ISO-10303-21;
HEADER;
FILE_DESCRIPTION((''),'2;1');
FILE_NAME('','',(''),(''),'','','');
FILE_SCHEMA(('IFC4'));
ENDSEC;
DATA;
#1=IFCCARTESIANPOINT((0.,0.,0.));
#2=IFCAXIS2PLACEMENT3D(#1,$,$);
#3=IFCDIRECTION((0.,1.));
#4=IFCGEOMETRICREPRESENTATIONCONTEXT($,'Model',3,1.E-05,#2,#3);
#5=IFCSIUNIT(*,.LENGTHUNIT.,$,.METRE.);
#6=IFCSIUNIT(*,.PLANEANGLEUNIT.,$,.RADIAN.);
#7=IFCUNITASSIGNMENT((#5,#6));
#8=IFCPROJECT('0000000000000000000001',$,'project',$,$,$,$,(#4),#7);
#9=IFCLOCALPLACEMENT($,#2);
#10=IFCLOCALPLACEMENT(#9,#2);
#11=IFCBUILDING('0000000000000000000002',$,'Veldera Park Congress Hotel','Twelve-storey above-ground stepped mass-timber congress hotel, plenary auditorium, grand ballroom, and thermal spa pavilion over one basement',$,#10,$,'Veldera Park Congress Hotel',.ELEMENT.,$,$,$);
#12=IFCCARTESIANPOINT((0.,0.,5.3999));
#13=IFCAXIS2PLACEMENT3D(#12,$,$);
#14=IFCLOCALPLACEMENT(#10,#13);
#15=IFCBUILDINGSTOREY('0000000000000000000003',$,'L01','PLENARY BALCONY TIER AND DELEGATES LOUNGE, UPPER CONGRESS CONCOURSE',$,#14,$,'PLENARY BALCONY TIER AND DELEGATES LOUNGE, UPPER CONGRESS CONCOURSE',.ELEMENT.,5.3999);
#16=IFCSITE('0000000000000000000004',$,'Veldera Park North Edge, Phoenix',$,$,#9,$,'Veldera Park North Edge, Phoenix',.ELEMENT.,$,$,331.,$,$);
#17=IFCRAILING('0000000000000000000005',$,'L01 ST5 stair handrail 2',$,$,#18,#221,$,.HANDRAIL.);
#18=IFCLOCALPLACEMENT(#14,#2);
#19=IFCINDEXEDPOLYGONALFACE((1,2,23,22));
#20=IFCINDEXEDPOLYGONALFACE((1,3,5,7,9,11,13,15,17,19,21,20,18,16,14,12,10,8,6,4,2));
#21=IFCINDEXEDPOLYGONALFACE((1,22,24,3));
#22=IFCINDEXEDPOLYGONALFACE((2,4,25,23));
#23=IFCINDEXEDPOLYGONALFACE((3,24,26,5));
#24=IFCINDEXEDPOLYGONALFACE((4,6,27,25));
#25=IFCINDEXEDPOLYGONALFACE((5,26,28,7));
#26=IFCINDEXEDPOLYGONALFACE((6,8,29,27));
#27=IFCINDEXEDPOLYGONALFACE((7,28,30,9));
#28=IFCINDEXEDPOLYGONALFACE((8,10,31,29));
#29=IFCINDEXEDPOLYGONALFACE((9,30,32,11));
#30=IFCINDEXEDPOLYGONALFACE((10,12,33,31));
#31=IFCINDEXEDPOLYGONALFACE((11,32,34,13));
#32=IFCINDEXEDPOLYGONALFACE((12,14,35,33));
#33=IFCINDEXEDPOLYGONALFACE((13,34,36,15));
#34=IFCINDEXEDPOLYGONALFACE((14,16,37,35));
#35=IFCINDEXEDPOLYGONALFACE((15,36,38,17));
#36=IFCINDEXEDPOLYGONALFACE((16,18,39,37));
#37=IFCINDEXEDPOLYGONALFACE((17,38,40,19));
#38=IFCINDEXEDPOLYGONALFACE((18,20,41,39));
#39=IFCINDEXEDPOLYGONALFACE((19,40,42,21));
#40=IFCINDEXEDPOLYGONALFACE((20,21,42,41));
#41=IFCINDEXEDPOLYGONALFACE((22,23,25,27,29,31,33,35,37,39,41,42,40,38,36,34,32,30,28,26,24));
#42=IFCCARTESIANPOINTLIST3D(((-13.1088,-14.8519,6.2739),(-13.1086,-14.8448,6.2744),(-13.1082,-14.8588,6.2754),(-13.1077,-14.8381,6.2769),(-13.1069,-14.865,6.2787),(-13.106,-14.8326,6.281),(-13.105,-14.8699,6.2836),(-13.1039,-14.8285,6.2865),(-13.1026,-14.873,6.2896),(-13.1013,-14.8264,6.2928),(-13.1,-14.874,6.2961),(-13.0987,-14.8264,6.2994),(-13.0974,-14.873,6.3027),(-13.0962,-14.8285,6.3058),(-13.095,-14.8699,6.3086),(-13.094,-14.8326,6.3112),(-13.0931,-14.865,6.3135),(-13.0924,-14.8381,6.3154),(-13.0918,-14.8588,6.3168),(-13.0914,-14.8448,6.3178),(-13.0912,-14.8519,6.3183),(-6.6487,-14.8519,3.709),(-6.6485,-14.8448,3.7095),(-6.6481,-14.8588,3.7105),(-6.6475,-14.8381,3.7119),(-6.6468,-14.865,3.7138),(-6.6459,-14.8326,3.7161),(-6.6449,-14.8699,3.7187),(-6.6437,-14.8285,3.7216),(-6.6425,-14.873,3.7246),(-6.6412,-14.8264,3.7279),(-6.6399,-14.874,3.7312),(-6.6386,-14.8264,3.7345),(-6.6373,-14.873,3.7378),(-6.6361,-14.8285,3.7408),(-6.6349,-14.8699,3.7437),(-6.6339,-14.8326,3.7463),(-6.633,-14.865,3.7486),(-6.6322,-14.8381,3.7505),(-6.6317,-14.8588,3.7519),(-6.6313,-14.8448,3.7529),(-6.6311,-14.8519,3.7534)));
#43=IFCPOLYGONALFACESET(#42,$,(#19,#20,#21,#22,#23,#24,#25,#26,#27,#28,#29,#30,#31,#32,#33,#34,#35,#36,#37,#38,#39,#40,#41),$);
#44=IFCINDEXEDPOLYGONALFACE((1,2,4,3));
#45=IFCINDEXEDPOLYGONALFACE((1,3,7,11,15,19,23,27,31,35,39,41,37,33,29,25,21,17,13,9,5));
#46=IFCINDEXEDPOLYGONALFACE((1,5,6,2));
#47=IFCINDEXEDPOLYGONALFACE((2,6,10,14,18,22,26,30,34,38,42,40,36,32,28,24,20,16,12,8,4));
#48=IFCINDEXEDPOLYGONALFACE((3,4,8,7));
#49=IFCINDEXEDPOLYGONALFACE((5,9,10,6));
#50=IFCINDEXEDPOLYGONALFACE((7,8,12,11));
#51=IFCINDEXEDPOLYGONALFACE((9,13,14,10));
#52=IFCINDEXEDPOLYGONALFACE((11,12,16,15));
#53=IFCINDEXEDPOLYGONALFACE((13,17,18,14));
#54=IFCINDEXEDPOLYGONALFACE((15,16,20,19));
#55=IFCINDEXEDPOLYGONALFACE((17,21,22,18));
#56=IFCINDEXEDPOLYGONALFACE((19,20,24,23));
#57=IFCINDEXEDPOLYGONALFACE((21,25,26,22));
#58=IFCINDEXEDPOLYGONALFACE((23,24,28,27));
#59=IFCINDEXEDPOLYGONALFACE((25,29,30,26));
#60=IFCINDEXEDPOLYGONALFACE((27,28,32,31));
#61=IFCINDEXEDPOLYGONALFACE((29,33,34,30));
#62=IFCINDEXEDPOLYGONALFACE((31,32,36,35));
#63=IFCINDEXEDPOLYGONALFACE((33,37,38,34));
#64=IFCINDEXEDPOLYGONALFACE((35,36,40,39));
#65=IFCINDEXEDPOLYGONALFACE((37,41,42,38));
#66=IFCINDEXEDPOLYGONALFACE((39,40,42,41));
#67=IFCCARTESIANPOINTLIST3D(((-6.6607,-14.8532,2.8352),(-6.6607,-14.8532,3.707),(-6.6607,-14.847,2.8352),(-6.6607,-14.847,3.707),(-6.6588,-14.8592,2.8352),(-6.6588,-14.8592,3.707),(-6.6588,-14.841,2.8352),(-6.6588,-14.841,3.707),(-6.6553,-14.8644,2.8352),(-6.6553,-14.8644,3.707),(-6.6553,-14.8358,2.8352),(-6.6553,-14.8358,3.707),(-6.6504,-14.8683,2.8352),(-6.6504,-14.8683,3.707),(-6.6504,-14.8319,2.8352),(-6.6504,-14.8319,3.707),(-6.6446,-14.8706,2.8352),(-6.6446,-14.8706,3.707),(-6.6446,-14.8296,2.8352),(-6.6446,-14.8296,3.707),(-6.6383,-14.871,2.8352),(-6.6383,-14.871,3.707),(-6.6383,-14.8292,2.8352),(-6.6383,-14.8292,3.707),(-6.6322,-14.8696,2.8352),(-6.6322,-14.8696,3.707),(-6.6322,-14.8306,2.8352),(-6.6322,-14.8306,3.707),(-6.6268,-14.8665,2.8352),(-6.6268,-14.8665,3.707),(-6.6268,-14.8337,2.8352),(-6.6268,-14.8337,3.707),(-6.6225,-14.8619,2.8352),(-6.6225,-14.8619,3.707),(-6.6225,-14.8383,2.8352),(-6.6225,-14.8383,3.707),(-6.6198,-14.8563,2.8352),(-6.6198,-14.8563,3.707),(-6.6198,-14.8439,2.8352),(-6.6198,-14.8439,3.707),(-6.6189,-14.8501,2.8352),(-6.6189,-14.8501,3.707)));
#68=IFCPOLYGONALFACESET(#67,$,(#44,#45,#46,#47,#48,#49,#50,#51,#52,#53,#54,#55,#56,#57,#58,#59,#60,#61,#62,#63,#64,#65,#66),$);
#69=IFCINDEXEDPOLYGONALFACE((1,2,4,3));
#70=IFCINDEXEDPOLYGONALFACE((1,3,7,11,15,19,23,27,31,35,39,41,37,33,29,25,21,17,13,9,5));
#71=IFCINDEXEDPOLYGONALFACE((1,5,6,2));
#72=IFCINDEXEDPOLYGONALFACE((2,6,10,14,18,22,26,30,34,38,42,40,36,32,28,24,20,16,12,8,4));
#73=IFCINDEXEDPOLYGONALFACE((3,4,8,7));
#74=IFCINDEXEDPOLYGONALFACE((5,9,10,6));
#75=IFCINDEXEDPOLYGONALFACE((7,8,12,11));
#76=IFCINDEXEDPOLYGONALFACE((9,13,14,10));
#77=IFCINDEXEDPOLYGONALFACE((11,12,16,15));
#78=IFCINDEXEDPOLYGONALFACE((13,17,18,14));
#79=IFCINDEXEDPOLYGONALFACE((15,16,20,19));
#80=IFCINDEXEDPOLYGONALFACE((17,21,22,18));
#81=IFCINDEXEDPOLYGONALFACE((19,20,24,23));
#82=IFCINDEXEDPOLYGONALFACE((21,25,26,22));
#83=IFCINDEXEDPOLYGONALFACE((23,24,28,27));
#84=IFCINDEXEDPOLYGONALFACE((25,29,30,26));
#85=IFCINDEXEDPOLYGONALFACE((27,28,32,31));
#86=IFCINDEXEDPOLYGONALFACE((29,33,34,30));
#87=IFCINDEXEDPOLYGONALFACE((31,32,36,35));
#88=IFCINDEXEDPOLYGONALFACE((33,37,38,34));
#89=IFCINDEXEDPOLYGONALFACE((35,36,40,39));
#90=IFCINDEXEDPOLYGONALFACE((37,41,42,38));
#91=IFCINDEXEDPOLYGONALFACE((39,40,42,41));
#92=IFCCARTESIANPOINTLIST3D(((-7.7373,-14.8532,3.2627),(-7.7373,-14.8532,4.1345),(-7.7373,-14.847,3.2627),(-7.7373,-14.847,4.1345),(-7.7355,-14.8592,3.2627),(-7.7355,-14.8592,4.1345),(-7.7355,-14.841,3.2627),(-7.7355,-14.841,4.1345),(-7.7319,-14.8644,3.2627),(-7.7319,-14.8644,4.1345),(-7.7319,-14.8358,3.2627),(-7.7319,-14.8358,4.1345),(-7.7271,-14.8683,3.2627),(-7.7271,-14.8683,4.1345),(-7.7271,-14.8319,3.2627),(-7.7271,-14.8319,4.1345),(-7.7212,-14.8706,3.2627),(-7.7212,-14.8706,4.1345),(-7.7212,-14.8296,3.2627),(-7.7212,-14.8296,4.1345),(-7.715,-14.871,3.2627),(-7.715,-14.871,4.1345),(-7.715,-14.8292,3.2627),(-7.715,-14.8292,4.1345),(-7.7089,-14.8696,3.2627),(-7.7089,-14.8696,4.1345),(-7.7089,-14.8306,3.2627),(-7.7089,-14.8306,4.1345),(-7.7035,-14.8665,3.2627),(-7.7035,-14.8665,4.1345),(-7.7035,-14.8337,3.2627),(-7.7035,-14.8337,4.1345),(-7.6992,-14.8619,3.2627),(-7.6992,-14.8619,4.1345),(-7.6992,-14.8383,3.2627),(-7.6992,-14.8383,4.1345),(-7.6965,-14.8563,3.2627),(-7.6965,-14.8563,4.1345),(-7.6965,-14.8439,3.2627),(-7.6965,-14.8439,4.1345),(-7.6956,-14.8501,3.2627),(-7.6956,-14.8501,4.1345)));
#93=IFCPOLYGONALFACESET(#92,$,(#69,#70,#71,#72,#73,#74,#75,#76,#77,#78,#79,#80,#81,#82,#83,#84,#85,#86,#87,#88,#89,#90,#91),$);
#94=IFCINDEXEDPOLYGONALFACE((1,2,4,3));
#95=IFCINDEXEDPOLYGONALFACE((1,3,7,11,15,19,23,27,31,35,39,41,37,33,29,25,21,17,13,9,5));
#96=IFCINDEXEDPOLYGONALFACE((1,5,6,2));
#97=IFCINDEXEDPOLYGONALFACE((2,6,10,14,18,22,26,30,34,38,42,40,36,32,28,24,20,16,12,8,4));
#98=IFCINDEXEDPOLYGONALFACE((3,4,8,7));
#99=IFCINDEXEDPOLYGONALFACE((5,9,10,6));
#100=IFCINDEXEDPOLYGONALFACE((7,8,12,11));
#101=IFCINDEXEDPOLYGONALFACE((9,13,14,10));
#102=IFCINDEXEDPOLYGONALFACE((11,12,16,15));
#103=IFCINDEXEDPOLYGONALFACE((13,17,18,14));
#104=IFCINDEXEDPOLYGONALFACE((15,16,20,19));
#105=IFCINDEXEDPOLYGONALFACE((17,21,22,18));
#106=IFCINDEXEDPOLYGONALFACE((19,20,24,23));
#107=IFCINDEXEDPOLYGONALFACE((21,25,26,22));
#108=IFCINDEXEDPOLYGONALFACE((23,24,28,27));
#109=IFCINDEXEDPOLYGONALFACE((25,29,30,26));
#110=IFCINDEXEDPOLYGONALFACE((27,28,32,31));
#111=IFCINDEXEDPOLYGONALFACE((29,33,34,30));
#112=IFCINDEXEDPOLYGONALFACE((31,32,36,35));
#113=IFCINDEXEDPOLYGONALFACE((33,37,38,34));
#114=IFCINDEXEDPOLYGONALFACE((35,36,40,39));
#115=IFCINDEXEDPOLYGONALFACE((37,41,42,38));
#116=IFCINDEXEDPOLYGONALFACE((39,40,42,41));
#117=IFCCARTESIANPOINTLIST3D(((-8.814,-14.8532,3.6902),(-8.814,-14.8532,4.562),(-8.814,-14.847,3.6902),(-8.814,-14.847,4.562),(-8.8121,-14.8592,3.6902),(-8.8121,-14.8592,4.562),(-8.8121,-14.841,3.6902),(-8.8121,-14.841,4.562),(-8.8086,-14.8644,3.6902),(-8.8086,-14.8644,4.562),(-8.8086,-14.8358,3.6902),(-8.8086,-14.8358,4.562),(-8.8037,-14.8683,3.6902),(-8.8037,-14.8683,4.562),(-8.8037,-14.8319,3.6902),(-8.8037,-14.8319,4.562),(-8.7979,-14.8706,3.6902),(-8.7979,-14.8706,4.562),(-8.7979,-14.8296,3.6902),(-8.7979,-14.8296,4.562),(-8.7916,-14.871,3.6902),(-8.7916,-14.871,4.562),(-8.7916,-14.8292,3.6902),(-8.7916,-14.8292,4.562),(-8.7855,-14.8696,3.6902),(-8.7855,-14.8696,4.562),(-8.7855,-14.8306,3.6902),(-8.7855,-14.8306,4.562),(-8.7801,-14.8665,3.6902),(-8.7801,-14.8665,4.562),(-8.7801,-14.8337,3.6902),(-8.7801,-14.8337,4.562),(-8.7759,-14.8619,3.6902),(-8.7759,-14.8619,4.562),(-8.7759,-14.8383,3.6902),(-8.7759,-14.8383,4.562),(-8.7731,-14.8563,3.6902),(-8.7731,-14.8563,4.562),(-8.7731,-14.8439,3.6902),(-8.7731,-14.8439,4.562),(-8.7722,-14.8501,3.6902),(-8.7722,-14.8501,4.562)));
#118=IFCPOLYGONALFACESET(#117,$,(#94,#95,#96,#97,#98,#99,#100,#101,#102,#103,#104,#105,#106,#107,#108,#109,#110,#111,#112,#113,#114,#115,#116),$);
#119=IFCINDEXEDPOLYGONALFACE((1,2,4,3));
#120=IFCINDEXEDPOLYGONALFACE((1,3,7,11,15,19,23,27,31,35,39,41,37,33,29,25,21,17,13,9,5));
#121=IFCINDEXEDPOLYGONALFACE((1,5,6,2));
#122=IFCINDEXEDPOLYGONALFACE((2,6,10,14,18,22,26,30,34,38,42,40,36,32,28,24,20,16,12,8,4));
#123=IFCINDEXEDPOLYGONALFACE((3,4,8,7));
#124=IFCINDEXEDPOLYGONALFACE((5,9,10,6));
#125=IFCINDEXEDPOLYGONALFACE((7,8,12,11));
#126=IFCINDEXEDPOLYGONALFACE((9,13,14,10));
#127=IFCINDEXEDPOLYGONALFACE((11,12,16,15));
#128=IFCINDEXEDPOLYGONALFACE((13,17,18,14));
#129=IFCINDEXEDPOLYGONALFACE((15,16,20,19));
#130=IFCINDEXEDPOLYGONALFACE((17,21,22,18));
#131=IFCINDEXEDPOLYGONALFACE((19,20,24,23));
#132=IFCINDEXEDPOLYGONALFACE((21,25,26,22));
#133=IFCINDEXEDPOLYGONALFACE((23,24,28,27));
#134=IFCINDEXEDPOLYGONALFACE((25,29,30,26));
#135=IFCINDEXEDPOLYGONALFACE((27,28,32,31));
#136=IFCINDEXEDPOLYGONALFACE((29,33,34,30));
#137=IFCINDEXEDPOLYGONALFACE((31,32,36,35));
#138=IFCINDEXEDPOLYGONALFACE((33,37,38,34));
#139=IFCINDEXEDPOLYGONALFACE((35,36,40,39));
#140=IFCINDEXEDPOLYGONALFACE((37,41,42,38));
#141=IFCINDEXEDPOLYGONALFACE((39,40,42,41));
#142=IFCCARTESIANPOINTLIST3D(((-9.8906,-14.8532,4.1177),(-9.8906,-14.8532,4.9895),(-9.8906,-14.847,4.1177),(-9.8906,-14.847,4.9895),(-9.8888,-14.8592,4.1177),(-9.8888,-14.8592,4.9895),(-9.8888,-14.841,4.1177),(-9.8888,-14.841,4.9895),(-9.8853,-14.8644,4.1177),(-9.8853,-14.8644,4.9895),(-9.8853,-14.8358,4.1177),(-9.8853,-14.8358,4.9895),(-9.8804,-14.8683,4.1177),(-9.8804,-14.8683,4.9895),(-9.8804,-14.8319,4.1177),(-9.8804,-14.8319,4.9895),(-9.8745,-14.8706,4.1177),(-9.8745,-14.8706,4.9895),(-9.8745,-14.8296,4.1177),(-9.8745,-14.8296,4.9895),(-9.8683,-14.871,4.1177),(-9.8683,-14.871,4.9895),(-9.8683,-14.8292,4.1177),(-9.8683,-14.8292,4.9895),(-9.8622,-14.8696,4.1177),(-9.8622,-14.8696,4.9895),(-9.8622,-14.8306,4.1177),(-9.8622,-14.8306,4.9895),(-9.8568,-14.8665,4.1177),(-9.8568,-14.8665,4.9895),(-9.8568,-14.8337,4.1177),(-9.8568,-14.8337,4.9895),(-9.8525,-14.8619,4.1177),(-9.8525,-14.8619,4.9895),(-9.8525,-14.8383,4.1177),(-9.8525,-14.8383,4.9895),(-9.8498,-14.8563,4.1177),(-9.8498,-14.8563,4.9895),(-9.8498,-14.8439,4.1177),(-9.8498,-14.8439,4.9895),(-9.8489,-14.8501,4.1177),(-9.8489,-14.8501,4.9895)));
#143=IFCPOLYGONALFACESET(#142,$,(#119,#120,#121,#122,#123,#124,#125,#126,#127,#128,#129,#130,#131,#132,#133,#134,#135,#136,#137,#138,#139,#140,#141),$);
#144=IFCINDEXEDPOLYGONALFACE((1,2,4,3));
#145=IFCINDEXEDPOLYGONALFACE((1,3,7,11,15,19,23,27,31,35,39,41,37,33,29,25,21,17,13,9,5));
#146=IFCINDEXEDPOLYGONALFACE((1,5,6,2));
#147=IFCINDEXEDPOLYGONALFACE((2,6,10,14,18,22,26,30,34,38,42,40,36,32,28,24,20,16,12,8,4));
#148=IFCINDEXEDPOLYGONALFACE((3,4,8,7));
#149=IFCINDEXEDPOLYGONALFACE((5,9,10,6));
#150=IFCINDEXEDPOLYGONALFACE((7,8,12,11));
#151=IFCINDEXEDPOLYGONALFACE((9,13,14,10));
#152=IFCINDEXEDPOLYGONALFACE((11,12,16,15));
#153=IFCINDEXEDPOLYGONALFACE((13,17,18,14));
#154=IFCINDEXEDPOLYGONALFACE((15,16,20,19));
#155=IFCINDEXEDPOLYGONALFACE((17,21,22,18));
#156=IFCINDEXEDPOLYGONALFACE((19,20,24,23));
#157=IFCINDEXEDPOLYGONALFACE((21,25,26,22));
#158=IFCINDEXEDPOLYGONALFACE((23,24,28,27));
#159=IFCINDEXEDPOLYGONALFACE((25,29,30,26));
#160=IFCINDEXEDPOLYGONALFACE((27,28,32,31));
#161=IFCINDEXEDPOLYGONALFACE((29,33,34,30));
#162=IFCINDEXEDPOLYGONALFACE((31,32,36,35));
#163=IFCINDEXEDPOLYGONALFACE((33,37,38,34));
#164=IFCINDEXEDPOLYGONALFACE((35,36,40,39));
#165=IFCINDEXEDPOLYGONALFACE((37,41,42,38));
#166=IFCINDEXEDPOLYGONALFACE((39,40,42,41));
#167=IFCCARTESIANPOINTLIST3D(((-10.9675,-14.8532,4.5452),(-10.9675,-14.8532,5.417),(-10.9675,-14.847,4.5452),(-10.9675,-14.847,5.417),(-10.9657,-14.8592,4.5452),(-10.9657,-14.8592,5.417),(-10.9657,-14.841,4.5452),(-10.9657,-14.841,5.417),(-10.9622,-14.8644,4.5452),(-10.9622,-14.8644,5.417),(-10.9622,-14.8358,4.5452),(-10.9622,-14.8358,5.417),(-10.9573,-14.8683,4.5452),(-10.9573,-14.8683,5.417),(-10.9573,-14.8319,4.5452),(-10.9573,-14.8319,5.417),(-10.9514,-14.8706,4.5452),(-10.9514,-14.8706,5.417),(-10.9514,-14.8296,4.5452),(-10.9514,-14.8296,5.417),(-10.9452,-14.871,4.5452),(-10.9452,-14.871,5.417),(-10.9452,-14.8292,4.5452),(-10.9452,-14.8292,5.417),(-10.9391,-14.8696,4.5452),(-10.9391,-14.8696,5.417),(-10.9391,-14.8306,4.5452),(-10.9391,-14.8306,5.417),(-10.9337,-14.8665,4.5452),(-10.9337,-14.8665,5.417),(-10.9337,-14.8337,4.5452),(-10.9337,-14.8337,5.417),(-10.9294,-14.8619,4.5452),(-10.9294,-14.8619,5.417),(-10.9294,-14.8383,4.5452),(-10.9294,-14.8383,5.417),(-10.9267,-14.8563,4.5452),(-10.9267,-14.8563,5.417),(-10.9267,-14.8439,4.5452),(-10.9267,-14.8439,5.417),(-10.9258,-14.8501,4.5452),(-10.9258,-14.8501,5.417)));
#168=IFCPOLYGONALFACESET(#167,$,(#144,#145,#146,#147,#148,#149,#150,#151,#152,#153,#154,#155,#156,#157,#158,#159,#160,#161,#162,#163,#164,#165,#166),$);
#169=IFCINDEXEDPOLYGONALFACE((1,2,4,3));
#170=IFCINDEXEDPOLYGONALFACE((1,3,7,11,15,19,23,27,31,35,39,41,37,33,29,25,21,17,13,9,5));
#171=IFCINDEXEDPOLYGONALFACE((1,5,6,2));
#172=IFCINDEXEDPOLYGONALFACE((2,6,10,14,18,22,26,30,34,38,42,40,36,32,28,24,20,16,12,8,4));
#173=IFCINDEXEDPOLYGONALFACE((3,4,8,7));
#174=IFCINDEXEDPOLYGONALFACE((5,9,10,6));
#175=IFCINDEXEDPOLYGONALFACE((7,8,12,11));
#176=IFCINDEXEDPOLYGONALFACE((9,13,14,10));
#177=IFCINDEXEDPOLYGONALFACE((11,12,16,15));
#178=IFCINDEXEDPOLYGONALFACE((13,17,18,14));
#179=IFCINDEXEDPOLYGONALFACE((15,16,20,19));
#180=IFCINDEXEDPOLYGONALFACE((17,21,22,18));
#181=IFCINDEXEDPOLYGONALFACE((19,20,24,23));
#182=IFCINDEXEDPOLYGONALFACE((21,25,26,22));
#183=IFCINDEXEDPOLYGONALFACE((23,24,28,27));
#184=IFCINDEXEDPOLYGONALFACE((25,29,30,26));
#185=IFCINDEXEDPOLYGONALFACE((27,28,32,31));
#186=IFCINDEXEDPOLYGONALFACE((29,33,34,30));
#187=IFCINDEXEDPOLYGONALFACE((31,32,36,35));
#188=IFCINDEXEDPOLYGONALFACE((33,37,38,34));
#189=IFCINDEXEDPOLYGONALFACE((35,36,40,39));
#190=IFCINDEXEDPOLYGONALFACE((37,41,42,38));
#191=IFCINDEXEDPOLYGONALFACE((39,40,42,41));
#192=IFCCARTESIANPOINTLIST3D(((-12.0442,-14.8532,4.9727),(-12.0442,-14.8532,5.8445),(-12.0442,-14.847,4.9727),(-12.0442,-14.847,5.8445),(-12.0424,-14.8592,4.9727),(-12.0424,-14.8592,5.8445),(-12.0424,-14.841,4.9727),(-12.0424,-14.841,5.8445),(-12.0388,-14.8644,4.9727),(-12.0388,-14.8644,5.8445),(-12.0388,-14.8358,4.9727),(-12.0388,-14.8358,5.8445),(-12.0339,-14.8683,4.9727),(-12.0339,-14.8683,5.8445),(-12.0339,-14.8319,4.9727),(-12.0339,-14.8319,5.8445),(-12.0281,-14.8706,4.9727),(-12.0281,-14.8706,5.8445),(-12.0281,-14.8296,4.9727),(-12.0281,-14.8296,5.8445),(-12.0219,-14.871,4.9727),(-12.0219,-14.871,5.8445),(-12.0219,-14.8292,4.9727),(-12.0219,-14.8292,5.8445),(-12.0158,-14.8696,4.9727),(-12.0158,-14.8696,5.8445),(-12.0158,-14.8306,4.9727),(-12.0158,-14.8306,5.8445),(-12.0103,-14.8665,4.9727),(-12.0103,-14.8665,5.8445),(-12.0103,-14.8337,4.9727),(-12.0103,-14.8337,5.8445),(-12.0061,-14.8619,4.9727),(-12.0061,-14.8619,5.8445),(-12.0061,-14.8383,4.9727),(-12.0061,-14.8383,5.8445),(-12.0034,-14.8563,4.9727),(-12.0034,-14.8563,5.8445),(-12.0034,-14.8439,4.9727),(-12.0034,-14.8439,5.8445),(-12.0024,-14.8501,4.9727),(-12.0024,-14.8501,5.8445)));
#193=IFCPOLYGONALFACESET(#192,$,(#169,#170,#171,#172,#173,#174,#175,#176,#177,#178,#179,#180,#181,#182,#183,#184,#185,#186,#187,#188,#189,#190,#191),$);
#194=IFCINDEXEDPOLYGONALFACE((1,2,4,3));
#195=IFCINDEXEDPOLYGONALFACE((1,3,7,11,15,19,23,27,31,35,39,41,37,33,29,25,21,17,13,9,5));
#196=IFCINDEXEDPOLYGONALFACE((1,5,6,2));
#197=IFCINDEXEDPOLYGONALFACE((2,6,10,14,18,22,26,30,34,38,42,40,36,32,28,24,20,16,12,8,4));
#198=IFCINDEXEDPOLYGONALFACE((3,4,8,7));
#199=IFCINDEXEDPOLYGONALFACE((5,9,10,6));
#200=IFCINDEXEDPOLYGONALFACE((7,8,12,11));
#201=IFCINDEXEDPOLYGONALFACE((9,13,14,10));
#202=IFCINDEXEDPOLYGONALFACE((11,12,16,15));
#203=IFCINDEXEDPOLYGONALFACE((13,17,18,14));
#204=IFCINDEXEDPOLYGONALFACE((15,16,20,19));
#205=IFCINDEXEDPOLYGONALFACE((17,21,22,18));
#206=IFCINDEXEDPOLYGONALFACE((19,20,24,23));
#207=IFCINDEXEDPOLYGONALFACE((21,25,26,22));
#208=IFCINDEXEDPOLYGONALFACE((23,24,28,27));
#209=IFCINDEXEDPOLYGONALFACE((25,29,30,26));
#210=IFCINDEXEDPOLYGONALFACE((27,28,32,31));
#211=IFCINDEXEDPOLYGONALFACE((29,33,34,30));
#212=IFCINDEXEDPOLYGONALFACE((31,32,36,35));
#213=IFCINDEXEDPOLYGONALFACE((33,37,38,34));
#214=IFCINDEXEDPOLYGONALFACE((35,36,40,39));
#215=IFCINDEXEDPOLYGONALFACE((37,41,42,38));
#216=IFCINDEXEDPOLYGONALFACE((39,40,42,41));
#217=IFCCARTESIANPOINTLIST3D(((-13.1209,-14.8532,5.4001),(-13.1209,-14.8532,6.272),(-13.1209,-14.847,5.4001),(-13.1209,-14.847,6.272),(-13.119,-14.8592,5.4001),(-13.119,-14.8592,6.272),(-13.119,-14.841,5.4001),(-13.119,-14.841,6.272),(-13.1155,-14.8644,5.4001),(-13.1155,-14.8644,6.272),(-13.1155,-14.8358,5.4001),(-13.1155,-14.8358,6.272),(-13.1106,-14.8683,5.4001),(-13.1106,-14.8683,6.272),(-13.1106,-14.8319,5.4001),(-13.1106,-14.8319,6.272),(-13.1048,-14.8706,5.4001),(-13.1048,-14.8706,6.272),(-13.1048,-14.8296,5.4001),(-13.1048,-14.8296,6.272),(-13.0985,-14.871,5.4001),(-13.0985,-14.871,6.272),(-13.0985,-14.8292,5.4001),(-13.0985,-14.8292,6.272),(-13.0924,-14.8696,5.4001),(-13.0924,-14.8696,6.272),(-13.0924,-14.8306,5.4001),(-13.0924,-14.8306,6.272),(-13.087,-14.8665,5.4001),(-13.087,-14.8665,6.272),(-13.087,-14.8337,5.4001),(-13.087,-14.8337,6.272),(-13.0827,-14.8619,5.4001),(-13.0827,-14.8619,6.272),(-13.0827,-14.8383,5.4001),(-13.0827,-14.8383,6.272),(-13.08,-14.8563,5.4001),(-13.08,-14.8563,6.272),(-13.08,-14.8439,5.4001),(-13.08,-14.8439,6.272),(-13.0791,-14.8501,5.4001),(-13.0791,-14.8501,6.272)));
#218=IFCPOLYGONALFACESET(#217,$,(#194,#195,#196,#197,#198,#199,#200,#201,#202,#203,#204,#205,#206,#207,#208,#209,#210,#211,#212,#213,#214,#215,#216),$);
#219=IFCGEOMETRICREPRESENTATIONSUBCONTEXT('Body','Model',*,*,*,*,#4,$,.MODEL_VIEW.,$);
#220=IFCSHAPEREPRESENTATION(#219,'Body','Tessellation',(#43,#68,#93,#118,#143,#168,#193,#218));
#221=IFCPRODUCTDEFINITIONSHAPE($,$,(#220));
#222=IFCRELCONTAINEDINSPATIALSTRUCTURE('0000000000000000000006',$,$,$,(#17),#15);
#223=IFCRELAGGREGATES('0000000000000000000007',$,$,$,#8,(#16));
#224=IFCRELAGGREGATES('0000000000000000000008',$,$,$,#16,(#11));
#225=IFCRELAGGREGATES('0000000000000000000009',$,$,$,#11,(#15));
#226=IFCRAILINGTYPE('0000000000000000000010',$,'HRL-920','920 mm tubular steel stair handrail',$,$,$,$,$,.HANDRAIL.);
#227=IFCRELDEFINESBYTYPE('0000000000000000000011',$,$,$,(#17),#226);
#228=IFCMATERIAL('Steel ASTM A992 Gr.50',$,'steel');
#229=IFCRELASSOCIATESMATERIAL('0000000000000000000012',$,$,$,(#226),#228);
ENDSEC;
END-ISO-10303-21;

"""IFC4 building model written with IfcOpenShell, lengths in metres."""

from ifc_helpers import new_model, si_unit, direction, frame, origin, origin_2d, place, context, subcontext, project, spatial, circle, extrude, material, type_object, element, save


model = new_model("IFC4")

# Units and contexts
model_context = context("Model", 3, precision=1e-05, world=origin(), true_north=direction((0.0, 1.0)))
body_context = subcontext(model_context, "Body", "Model", "MODEL_VIEW")
ifc_project = project(units=[si_unit("LENGTHUNIT", "METRE"), si_unit("PLANEANGLEUNIT", "RADIAN")], contexts=[model_context])

# Site, building, storey
site_placement = place(None, origin())
site = spatial("IfcSite", under=ifc_project, at=site_placement, Name="Veldera Park North Edge, Phoenix", LongName="Veldera Park North Edge, Phoenix", CompositionType="ELEMENT", RefElevation=331.0)
building_placement = place(site_placement, origin())
building = spatial("IfcBuilding", under=site, at=building_placement, Name="Veldera Park Congress Hotel", Description="Twelve-storey above-ground stepped mass-timber congress hotel, plenary auditorium, grand ballroom, and thermal spa pavilion over one basement", LongName="Veldera Park Congress Hotel", CompositionType="ELEMENT")
storey_placement = place(building_placement, frame((0.0, 0.0, 5.3999)))
storey = spatial("IfcBuildingStorey", under=building, at=storey_placement, Name="L01", Description="PLENARY BALCONY TIER AND DELEGATES LOUNGE, UPPER CONGRESS CONCOURSE", LongName="PLENARY BALCONY TIER AND DELEGATES LOUNGE, UPPER CONGRESS CONCOURSE", CompositionType="ELEMENT", Elevation=5.3999)

# Shared definitions
ifc_material_1 = material(Name="Steel ASTM A992 Gr.50", Category="steel")

# Railing
railing_type_1 = type_object("IfcRailingType", Name="HRL-920", Description="920 mm tubular steel stair handrail", PredefinedType="HANDRAIL", material=ifc_material_1)
railing_1_placement = place(storey_placement, frame((-6.6399, -14.8501, 2.8352)))
element("IfcRailing", 1, at=railing_1_placement, inside=storey, type_object=railing_type_1, Name="L01 ST5 stair handrail 2", PredefinedType="HANDRAIL", context=body_context, shape_type="SweptSolid", body=[
    extrude(circle(Radius=0.0239, at=origin_2d()), frame((0.0, 0.0, 0.896), z_axis=(-0.929423, 0.0, 0.369016), x_axis=(0.0, -1.0, 0.0)), (0.0, 0.0, 1.0), 6.9507),
    extrude(circle(Radius=0.021, at=origin_2d()), origin(), (0.0, 0.0, 1.0), 0.8718),
    extrude(circle(Radius=0.021, at=origin_2d()), frame((-1.0767, 0.0, 0.4275)), (0.0, 0.0, 1.0), 0.8718),
    extrude(circle(Radius=0.021, at=origin_2d()), frame((-2.1533, 0.0, 0.855)), (0.0, 0.0, 1.0), 0.8718),
    extrude(circle(Radius=0.021, at=origin_2d()), frame((-3.23, 0.0, 1.2825)), (0.0, 0.0, 1.0), 0.8718),
    extrude(circle(Radius=0.021, at=origin_2d()), frame((-4.3069, 0.0, 1.71)), (0.0, 0.0, 1.0), 0.8718),
    extrude(circle(Radius=0.021, at=origin_2d()), frame((-5.3835, 0.0, 2.1375)), (0.0, 0.0, 1.0), 0.8718),
    extrude(circle(Radius=0.021, at=origin_2d()), frame((-6.4602, 0.0, 2.5649)), (0.0, 0.0, 1.0), 0.8718),
])

save(model, "model.ifc")
